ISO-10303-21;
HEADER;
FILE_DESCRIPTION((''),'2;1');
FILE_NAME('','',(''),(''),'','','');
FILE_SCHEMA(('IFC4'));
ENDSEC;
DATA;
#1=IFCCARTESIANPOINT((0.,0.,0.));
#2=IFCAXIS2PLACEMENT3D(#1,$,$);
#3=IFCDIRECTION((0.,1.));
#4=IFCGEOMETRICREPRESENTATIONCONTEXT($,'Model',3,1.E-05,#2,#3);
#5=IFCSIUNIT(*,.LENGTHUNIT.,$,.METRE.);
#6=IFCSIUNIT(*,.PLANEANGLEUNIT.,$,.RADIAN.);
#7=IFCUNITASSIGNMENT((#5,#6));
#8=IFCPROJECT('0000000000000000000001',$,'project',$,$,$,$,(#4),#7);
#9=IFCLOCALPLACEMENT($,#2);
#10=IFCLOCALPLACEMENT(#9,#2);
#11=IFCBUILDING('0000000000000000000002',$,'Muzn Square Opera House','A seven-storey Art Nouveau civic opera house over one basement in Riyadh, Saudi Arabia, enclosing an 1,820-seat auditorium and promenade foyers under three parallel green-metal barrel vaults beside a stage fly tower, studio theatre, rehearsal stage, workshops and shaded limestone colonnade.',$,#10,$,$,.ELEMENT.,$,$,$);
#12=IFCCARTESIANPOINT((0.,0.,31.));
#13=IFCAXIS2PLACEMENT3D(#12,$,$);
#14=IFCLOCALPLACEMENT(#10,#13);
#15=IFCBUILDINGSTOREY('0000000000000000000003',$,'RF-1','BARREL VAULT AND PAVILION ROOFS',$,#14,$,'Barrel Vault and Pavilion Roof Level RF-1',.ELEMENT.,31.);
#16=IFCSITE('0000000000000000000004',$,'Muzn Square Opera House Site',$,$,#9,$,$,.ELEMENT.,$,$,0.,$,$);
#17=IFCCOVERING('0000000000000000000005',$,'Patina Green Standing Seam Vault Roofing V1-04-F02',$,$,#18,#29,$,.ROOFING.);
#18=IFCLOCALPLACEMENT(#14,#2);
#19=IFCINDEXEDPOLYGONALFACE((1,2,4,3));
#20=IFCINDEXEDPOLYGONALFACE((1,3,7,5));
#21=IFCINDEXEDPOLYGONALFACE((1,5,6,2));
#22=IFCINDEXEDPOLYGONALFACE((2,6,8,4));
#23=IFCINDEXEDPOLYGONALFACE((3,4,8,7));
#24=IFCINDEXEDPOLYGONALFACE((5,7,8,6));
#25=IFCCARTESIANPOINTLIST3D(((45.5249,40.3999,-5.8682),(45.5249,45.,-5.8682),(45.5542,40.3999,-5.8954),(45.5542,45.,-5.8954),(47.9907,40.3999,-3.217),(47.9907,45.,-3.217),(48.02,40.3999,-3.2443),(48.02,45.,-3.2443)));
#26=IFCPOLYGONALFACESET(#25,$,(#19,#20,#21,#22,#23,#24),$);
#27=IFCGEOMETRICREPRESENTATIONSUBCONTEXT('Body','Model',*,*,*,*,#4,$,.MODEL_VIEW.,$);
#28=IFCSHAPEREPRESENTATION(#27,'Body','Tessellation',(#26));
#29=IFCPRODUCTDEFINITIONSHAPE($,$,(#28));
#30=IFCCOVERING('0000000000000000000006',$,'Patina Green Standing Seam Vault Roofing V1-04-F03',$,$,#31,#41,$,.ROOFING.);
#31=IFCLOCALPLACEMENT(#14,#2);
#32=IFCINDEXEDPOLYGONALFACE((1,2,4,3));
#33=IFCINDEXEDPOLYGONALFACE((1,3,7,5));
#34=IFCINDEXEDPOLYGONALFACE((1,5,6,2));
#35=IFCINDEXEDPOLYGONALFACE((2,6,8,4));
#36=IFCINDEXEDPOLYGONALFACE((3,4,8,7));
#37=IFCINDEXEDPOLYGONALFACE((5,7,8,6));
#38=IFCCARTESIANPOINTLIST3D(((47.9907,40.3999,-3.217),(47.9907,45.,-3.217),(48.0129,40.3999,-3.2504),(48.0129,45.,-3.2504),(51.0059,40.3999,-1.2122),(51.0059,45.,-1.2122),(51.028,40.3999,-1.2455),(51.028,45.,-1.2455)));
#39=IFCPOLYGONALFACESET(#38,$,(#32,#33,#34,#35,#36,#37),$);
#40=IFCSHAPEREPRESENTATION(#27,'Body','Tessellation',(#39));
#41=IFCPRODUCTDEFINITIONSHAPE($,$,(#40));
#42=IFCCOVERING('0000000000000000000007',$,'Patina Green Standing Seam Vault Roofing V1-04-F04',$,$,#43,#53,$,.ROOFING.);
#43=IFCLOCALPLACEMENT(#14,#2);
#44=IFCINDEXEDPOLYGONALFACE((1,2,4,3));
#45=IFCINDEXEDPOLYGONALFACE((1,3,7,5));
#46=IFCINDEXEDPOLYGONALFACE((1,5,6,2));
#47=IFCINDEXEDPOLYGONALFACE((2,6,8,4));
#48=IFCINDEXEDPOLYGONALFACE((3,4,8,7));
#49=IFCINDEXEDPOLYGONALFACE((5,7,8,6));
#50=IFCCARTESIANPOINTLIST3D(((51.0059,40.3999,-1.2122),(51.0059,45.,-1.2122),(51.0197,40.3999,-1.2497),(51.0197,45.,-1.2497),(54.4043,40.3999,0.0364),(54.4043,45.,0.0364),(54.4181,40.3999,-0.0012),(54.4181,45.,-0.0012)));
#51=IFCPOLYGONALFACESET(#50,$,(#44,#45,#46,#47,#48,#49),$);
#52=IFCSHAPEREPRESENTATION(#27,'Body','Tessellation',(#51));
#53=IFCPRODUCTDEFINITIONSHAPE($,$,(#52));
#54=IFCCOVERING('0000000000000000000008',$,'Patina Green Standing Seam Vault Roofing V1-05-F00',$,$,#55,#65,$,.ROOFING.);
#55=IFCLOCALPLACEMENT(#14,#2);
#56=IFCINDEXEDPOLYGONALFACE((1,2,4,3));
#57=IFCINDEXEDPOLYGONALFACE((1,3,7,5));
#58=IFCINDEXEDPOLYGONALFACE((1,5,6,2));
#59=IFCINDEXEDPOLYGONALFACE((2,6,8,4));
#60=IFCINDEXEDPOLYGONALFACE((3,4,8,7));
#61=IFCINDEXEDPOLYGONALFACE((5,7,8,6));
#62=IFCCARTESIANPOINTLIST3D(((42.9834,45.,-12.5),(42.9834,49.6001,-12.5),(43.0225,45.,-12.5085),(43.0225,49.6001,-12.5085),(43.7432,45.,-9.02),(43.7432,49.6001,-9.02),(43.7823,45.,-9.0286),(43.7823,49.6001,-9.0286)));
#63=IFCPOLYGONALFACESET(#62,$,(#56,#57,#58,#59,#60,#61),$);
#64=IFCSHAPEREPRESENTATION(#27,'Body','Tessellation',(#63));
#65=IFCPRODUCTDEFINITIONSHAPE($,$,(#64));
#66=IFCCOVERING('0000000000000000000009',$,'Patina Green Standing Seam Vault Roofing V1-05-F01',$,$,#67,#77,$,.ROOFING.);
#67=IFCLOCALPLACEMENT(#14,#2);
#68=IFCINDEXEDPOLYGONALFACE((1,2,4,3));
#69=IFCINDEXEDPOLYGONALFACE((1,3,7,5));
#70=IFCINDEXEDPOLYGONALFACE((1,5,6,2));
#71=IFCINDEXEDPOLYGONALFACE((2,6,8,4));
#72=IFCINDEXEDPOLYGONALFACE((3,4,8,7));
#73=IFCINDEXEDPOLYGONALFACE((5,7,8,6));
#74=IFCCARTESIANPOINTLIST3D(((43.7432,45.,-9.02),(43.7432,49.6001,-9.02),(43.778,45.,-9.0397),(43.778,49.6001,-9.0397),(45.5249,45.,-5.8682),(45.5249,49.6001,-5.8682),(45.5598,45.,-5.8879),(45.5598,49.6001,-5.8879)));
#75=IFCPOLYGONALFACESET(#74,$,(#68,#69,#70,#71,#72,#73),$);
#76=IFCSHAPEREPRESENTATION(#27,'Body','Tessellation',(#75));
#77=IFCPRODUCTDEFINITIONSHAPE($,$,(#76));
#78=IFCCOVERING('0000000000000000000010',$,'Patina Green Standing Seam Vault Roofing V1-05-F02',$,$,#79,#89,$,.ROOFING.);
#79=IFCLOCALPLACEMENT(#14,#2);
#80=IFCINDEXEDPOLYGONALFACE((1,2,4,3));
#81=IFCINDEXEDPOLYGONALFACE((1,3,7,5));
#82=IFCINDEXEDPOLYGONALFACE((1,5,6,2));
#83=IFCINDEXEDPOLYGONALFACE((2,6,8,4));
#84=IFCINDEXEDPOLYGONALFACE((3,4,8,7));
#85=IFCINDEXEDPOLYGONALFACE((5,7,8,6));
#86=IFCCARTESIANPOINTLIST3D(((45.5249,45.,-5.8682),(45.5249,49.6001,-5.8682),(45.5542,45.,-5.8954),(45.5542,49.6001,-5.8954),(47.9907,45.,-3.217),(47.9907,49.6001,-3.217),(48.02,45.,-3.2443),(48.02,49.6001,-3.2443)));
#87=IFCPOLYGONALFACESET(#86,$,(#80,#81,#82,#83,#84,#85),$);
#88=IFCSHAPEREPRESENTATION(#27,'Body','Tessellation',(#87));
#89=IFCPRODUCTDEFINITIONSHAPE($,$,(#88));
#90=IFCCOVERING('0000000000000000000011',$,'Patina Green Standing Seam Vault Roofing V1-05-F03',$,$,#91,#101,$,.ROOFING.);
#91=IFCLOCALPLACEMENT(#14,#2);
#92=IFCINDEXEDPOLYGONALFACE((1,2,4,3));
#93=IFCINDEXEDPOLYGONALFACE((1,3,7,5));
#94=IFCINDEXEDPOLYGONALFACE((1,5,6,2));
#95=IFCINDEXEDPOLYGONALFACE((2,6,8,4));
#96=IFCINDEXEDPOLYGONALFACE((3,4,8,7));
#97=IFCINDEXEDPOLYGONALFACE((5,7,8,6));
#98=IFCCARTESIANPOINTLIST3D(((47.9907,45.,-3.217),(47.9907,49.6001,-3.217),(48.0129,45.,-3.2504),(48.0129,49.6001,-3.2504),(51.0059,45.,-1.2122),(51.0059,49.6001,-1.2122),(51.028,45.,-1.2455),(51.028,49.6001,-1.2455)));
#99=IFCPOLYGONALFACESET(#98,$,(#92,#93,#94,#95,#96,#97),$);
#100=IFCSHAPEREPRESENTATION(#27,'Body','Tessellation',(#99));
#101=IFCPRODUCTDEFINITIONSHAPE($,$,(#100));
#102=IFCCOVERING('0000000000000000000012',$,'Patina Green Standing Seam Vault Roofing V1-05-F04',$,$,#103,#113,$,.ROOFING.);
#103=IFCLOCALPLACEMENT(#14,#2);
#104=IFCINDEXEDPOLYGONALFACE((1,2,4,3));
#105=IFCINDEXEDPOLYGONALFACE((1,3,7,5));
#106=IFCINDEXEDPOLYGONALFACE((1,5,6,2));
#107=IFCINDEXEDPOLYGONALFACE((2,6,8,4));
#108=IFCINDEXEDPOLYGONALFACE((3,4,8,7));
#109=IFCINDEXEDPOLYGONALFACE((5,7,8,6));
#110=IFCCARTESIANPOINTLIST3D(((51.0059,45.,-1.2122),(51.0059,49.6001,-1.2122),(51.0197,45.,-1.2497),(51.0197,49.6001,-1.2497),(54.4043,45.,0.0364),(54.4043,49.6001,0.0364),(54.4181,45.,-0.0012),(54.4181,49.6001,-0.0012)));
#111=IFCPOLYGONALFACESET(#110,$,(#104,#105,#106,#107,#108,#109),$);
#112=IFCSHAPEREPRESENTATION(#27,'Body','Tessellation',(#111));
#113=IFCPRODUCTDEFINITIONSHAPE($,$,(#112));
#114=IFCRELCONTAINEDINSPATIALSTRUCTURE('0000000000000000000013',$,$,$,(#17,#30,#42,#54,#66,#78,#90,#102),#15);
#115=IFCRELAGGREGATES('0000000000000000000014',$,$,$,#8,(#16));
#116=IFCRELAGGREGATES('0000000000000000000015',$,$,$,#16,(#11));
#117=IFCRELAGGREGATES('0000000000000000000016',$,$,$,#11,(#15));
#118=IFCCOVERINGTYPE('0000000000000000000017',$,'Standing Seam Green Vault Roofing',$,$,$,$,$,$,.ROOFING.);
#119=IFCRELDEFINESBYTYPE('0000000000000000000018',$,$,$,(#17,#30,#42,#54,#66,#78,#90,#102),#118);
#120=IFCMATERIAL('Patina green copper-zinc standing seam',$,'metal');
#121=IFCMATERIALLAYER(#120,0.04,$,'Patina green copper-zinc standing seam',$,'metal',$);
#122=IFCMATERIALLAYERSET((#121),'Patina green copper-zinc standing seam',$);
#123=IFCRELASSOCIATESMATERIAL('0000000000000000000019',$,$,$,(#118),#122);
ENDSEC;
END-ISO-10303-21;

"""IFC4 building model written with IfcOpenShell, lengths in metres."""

from ifc_helpers import new_model, si_unit, direction, frame, origin, place, context, subcontext, project, spatial, polyline, outline, extrude, material, layer, layer_set, type_object, element, save


model = new_model("IFC4")

# Units and contexts
model_context = context("Model", 3, precision=1e-05, world=origin(), true_north=direction((0.0, 1.0)))
body_context = subcontext(model_context, "Body", "Model", "MODEL_VIEW")
ifc_project = project(units=[si_unit("LENGTHUNIT", "METRE"), si_unit("PLANEANGLEUNIT", "RADIAN")], contexts=[model_context])

# Site, building, storey
site_placement = place(None, origin())
site = spatial("IfcSite", under=ifc_project, at=site_placement, Name="Muzn Square Opera House Site", CompositionType="ELEMENT", RefElevation=0.0)
building_placement = place(site_placement, origin())
building = spatial("IfcBuilding", under=site, at=building_placement, Name="Muzn Square Opera House", Description="A seven-storey Art Nouveau civic opera house over one basement in Riyadh, Saudi Arabia, enclosing an 1,820-seat auditorium and promenade foyers under three parallel green-metal barrel vaults beside a stage fly tower, studio theatre, rehearsal stage, workshops and shaded limestone colonnade.", CompositionType="ELEMENT")
storey_placement = place(building_placement, frame((0.0, 0.0, 31.0)))
storey = spatial("IfcBuildingStorey", under=building, at=storey_placement, Name="RF-1", Description="BARREL VAULT AND PAVILION ROOFS", LongName="Barrel Vault and Pavilion Roof Level RF-1", CompositionType="ELEMENT", Elevation=31.0)

# Shared definitions
ifc_material_1 = material(Name="Patina green copper-zinc standing seam", Category="metal")

# Coverings
ifc_layer_1 = layer(ifc_material_1, 0.04, Name="Patina green copper-zinc standing seam", Category="metal")
ifc_layer_set_1 = layer_set([ifc_layer_1], Name="Patina green copper-zinc standing seam")
covering_type = type_object("IfcCoveringType", Name="Standing Seam Green Vault Roofing", PredefinedType="ROOFING", material=ifc_layer_set_1)
covering_1_placement = place(storey_placement, frame((47.9907, 40.3999, -3.217), z_axis=(-0.732234, 0.0, 0.681053), x_axis=(0.0, 1.0, 0.0)))
element("IfcCovering", 1, at=covering_1_placement, inside=storey, type_object=covering_type, Name="Patina Green Standing Seam Vault Roofing V1-04-F02", PredefinedType="ROOFING", context=body_context, shape_type="SweptSolid", body=[
    extrude(outline(polyline([(0.0, 3.6206), (0.0, 0.0), (4.6001, 0.0), (4.6001, 3.6206), (0.0, 3.6206)])), origin(), (0.0, 0.0, -1.0), 0.04),
])
covering_2_placement = place(storey_placement, frame((51.0059, 40.3999, -1.2122), z_axis=(-0.553704, 0.0, 0.832714), x_axis=(0.0, 1.0, 0.0)))
element("IfcCovering", 2, at=covering_2_placement, inside=storey, type_object=covering_type, Name="Patina Green Standing Seam Vault Roofing V1-04-F03", PredefinedType="ROOFING", context=body_context, shape_type="SweptSolid", body=[
    extrude(outline(polyline([(0.0, 3.6209), (0.0, 0.0), (4.6001, 0.0), (4.6001, 3.6209), (0.0, 3.6209)])), origin(), (0.0, 0.0, -1.0), 0.04),
])
covering_3_placement = place(storey_placement, frame((54.4043, 40.3999, 0.0364), z_axis=(-0.344849, 0.0, 0.938658), x_axis=(0.0, 1.0, 0.0)))
element("IfcCovering", 3, at=covering_3_placement, inside=storey, type_object=covering_type, Name="Patina Green Standing Seam Vault Roofing V1-04-F04", PredefinedType="ROOFING", context=body_context, shape_type="SweptSolid", body=[
    extrude(outline(polyline([(0.0, 3.6205), (0.0, 0.0), (4.6001, 0.0), (4.6001, 3.6205), (0.0, 3.6205)])), origin(), (0.0, 0.0, -1.0), 0.04),
])
covering_4_placement = place(storey_placement, frame((43.7432, 45.0, -9.02), z_axis=(-0.976987, 0.0, 0.2133), x_axis=(0.0, 1.0, 0.0)))
element("IfcCovering", 4, at=covering_4_placement, inside=storey, type_object=covering_type, Name="Patina Green Standing Seam Vault Roofing V1-05-F00", PredefinedType="ROOFING", context=body_context, shape_type="SweptSolid", body=[
    extrude(outline(polyline([(0.0, 3.562), (0.0, 0.0), (4.6001, 0.0), (4.6001, 3.562), (0.0, 3.562)])), origin(), (0.0, 0.0, -1.0), 0.04),
])
covering_5_placement = place(storey_placement, frame((45.5249, 45.0, -5.8682), z_axis=(-0.870533, 0.0, 0.492111), x_axis=(0.0, 1.0, 0.0)))
element("IfcCovering", 5, at=covering_5_placement, inside=storey, type_object=covering_type, Name="Patina Green Standing Seam Vault Roofing V1-05-F01", PredefinedType="ROOFING", context=body_context, shape_type="SweptSolid", body=[
    extrude(outline(polyline([(0.0, 3.6206), (0.0, 0.0), (4.6001, 0.0), (4.6001, 3.6206), (0.0, 3.6206)])), origin(), (0.0, 0.0, -1.0), 0.04),
])
covering_6_placement = place(storey_placement, frame((47.9907, 45.0, -3.217), z_axis=(-0.732234, 0.0, 0.681053), x_axis=(0.0, 1.0, 0.0)))
element("IfcCovering", 6, at=covering_6_placement, inside=storey, type_object=covering_type, Name="Patina Green Standing Seam Vault Roofing V1-05-F02", PredefinedType="ROOFING", context=body_context, shape_type="SweptSolid", body=[
    extrude(outline(polyline([(0.0, 3.6206), (0.0, 0.0), (4.6001, 0.0), (4.6001, 3.6206), (0.0, 3.6206)])), origin(), (0.0, 0.0, -1.0), 0.04),
])
covering_7_placement = place(storey_placement, frame((51.0059, 45.0, -1.2122), z_axis=(-0.553704, 0.0, 0.832714), x_axis=(0.0, 1.0, 0.0)))
element("IfcCovering", 7, at=covering_7_placement, inside=storey, type_object=covering_type, Name="Patina Green Standing Seam Vault Roofing V1-05-F03", PredefinedType="ROOFING", context=body_context, shape_type="SweptSolid", body=[
    extrude(outline(polyline([(0.0, 3.6209), (0.0, 0.0), (4.6001, 0.0), (4.6001, 3.6209), (0.0, 3.6209)])), origin(), (0.0, 0.0, -1.0), 0.04),
])
covering_8_placement = place(storey_placement, frame((54.4043, 45.0, 0.0364), z_axis=(-0.344849, 0.0, 0.938658), x_axis=(0.0, 1.0, 0.0)))
element("IfcCovering", 8, at=covering_8_placement, inside=storey, type_object=covering_type, Name="Patina Green Standing Seam Vault Roofing V1-05-F04", PredefinedType="ROOFING", context=body_context, shape_type="SweptSolid", body=[
    extrude(outline(polyline([(0.0, 3.6205), (0.0, 0.0), (4.6001, 0.0), (4.6001, 3.6205), (0.0, 3.6205)])), origin(), (0.0, 0.0, -1.0), 0.04),
])

save(model, "model.ifc")
